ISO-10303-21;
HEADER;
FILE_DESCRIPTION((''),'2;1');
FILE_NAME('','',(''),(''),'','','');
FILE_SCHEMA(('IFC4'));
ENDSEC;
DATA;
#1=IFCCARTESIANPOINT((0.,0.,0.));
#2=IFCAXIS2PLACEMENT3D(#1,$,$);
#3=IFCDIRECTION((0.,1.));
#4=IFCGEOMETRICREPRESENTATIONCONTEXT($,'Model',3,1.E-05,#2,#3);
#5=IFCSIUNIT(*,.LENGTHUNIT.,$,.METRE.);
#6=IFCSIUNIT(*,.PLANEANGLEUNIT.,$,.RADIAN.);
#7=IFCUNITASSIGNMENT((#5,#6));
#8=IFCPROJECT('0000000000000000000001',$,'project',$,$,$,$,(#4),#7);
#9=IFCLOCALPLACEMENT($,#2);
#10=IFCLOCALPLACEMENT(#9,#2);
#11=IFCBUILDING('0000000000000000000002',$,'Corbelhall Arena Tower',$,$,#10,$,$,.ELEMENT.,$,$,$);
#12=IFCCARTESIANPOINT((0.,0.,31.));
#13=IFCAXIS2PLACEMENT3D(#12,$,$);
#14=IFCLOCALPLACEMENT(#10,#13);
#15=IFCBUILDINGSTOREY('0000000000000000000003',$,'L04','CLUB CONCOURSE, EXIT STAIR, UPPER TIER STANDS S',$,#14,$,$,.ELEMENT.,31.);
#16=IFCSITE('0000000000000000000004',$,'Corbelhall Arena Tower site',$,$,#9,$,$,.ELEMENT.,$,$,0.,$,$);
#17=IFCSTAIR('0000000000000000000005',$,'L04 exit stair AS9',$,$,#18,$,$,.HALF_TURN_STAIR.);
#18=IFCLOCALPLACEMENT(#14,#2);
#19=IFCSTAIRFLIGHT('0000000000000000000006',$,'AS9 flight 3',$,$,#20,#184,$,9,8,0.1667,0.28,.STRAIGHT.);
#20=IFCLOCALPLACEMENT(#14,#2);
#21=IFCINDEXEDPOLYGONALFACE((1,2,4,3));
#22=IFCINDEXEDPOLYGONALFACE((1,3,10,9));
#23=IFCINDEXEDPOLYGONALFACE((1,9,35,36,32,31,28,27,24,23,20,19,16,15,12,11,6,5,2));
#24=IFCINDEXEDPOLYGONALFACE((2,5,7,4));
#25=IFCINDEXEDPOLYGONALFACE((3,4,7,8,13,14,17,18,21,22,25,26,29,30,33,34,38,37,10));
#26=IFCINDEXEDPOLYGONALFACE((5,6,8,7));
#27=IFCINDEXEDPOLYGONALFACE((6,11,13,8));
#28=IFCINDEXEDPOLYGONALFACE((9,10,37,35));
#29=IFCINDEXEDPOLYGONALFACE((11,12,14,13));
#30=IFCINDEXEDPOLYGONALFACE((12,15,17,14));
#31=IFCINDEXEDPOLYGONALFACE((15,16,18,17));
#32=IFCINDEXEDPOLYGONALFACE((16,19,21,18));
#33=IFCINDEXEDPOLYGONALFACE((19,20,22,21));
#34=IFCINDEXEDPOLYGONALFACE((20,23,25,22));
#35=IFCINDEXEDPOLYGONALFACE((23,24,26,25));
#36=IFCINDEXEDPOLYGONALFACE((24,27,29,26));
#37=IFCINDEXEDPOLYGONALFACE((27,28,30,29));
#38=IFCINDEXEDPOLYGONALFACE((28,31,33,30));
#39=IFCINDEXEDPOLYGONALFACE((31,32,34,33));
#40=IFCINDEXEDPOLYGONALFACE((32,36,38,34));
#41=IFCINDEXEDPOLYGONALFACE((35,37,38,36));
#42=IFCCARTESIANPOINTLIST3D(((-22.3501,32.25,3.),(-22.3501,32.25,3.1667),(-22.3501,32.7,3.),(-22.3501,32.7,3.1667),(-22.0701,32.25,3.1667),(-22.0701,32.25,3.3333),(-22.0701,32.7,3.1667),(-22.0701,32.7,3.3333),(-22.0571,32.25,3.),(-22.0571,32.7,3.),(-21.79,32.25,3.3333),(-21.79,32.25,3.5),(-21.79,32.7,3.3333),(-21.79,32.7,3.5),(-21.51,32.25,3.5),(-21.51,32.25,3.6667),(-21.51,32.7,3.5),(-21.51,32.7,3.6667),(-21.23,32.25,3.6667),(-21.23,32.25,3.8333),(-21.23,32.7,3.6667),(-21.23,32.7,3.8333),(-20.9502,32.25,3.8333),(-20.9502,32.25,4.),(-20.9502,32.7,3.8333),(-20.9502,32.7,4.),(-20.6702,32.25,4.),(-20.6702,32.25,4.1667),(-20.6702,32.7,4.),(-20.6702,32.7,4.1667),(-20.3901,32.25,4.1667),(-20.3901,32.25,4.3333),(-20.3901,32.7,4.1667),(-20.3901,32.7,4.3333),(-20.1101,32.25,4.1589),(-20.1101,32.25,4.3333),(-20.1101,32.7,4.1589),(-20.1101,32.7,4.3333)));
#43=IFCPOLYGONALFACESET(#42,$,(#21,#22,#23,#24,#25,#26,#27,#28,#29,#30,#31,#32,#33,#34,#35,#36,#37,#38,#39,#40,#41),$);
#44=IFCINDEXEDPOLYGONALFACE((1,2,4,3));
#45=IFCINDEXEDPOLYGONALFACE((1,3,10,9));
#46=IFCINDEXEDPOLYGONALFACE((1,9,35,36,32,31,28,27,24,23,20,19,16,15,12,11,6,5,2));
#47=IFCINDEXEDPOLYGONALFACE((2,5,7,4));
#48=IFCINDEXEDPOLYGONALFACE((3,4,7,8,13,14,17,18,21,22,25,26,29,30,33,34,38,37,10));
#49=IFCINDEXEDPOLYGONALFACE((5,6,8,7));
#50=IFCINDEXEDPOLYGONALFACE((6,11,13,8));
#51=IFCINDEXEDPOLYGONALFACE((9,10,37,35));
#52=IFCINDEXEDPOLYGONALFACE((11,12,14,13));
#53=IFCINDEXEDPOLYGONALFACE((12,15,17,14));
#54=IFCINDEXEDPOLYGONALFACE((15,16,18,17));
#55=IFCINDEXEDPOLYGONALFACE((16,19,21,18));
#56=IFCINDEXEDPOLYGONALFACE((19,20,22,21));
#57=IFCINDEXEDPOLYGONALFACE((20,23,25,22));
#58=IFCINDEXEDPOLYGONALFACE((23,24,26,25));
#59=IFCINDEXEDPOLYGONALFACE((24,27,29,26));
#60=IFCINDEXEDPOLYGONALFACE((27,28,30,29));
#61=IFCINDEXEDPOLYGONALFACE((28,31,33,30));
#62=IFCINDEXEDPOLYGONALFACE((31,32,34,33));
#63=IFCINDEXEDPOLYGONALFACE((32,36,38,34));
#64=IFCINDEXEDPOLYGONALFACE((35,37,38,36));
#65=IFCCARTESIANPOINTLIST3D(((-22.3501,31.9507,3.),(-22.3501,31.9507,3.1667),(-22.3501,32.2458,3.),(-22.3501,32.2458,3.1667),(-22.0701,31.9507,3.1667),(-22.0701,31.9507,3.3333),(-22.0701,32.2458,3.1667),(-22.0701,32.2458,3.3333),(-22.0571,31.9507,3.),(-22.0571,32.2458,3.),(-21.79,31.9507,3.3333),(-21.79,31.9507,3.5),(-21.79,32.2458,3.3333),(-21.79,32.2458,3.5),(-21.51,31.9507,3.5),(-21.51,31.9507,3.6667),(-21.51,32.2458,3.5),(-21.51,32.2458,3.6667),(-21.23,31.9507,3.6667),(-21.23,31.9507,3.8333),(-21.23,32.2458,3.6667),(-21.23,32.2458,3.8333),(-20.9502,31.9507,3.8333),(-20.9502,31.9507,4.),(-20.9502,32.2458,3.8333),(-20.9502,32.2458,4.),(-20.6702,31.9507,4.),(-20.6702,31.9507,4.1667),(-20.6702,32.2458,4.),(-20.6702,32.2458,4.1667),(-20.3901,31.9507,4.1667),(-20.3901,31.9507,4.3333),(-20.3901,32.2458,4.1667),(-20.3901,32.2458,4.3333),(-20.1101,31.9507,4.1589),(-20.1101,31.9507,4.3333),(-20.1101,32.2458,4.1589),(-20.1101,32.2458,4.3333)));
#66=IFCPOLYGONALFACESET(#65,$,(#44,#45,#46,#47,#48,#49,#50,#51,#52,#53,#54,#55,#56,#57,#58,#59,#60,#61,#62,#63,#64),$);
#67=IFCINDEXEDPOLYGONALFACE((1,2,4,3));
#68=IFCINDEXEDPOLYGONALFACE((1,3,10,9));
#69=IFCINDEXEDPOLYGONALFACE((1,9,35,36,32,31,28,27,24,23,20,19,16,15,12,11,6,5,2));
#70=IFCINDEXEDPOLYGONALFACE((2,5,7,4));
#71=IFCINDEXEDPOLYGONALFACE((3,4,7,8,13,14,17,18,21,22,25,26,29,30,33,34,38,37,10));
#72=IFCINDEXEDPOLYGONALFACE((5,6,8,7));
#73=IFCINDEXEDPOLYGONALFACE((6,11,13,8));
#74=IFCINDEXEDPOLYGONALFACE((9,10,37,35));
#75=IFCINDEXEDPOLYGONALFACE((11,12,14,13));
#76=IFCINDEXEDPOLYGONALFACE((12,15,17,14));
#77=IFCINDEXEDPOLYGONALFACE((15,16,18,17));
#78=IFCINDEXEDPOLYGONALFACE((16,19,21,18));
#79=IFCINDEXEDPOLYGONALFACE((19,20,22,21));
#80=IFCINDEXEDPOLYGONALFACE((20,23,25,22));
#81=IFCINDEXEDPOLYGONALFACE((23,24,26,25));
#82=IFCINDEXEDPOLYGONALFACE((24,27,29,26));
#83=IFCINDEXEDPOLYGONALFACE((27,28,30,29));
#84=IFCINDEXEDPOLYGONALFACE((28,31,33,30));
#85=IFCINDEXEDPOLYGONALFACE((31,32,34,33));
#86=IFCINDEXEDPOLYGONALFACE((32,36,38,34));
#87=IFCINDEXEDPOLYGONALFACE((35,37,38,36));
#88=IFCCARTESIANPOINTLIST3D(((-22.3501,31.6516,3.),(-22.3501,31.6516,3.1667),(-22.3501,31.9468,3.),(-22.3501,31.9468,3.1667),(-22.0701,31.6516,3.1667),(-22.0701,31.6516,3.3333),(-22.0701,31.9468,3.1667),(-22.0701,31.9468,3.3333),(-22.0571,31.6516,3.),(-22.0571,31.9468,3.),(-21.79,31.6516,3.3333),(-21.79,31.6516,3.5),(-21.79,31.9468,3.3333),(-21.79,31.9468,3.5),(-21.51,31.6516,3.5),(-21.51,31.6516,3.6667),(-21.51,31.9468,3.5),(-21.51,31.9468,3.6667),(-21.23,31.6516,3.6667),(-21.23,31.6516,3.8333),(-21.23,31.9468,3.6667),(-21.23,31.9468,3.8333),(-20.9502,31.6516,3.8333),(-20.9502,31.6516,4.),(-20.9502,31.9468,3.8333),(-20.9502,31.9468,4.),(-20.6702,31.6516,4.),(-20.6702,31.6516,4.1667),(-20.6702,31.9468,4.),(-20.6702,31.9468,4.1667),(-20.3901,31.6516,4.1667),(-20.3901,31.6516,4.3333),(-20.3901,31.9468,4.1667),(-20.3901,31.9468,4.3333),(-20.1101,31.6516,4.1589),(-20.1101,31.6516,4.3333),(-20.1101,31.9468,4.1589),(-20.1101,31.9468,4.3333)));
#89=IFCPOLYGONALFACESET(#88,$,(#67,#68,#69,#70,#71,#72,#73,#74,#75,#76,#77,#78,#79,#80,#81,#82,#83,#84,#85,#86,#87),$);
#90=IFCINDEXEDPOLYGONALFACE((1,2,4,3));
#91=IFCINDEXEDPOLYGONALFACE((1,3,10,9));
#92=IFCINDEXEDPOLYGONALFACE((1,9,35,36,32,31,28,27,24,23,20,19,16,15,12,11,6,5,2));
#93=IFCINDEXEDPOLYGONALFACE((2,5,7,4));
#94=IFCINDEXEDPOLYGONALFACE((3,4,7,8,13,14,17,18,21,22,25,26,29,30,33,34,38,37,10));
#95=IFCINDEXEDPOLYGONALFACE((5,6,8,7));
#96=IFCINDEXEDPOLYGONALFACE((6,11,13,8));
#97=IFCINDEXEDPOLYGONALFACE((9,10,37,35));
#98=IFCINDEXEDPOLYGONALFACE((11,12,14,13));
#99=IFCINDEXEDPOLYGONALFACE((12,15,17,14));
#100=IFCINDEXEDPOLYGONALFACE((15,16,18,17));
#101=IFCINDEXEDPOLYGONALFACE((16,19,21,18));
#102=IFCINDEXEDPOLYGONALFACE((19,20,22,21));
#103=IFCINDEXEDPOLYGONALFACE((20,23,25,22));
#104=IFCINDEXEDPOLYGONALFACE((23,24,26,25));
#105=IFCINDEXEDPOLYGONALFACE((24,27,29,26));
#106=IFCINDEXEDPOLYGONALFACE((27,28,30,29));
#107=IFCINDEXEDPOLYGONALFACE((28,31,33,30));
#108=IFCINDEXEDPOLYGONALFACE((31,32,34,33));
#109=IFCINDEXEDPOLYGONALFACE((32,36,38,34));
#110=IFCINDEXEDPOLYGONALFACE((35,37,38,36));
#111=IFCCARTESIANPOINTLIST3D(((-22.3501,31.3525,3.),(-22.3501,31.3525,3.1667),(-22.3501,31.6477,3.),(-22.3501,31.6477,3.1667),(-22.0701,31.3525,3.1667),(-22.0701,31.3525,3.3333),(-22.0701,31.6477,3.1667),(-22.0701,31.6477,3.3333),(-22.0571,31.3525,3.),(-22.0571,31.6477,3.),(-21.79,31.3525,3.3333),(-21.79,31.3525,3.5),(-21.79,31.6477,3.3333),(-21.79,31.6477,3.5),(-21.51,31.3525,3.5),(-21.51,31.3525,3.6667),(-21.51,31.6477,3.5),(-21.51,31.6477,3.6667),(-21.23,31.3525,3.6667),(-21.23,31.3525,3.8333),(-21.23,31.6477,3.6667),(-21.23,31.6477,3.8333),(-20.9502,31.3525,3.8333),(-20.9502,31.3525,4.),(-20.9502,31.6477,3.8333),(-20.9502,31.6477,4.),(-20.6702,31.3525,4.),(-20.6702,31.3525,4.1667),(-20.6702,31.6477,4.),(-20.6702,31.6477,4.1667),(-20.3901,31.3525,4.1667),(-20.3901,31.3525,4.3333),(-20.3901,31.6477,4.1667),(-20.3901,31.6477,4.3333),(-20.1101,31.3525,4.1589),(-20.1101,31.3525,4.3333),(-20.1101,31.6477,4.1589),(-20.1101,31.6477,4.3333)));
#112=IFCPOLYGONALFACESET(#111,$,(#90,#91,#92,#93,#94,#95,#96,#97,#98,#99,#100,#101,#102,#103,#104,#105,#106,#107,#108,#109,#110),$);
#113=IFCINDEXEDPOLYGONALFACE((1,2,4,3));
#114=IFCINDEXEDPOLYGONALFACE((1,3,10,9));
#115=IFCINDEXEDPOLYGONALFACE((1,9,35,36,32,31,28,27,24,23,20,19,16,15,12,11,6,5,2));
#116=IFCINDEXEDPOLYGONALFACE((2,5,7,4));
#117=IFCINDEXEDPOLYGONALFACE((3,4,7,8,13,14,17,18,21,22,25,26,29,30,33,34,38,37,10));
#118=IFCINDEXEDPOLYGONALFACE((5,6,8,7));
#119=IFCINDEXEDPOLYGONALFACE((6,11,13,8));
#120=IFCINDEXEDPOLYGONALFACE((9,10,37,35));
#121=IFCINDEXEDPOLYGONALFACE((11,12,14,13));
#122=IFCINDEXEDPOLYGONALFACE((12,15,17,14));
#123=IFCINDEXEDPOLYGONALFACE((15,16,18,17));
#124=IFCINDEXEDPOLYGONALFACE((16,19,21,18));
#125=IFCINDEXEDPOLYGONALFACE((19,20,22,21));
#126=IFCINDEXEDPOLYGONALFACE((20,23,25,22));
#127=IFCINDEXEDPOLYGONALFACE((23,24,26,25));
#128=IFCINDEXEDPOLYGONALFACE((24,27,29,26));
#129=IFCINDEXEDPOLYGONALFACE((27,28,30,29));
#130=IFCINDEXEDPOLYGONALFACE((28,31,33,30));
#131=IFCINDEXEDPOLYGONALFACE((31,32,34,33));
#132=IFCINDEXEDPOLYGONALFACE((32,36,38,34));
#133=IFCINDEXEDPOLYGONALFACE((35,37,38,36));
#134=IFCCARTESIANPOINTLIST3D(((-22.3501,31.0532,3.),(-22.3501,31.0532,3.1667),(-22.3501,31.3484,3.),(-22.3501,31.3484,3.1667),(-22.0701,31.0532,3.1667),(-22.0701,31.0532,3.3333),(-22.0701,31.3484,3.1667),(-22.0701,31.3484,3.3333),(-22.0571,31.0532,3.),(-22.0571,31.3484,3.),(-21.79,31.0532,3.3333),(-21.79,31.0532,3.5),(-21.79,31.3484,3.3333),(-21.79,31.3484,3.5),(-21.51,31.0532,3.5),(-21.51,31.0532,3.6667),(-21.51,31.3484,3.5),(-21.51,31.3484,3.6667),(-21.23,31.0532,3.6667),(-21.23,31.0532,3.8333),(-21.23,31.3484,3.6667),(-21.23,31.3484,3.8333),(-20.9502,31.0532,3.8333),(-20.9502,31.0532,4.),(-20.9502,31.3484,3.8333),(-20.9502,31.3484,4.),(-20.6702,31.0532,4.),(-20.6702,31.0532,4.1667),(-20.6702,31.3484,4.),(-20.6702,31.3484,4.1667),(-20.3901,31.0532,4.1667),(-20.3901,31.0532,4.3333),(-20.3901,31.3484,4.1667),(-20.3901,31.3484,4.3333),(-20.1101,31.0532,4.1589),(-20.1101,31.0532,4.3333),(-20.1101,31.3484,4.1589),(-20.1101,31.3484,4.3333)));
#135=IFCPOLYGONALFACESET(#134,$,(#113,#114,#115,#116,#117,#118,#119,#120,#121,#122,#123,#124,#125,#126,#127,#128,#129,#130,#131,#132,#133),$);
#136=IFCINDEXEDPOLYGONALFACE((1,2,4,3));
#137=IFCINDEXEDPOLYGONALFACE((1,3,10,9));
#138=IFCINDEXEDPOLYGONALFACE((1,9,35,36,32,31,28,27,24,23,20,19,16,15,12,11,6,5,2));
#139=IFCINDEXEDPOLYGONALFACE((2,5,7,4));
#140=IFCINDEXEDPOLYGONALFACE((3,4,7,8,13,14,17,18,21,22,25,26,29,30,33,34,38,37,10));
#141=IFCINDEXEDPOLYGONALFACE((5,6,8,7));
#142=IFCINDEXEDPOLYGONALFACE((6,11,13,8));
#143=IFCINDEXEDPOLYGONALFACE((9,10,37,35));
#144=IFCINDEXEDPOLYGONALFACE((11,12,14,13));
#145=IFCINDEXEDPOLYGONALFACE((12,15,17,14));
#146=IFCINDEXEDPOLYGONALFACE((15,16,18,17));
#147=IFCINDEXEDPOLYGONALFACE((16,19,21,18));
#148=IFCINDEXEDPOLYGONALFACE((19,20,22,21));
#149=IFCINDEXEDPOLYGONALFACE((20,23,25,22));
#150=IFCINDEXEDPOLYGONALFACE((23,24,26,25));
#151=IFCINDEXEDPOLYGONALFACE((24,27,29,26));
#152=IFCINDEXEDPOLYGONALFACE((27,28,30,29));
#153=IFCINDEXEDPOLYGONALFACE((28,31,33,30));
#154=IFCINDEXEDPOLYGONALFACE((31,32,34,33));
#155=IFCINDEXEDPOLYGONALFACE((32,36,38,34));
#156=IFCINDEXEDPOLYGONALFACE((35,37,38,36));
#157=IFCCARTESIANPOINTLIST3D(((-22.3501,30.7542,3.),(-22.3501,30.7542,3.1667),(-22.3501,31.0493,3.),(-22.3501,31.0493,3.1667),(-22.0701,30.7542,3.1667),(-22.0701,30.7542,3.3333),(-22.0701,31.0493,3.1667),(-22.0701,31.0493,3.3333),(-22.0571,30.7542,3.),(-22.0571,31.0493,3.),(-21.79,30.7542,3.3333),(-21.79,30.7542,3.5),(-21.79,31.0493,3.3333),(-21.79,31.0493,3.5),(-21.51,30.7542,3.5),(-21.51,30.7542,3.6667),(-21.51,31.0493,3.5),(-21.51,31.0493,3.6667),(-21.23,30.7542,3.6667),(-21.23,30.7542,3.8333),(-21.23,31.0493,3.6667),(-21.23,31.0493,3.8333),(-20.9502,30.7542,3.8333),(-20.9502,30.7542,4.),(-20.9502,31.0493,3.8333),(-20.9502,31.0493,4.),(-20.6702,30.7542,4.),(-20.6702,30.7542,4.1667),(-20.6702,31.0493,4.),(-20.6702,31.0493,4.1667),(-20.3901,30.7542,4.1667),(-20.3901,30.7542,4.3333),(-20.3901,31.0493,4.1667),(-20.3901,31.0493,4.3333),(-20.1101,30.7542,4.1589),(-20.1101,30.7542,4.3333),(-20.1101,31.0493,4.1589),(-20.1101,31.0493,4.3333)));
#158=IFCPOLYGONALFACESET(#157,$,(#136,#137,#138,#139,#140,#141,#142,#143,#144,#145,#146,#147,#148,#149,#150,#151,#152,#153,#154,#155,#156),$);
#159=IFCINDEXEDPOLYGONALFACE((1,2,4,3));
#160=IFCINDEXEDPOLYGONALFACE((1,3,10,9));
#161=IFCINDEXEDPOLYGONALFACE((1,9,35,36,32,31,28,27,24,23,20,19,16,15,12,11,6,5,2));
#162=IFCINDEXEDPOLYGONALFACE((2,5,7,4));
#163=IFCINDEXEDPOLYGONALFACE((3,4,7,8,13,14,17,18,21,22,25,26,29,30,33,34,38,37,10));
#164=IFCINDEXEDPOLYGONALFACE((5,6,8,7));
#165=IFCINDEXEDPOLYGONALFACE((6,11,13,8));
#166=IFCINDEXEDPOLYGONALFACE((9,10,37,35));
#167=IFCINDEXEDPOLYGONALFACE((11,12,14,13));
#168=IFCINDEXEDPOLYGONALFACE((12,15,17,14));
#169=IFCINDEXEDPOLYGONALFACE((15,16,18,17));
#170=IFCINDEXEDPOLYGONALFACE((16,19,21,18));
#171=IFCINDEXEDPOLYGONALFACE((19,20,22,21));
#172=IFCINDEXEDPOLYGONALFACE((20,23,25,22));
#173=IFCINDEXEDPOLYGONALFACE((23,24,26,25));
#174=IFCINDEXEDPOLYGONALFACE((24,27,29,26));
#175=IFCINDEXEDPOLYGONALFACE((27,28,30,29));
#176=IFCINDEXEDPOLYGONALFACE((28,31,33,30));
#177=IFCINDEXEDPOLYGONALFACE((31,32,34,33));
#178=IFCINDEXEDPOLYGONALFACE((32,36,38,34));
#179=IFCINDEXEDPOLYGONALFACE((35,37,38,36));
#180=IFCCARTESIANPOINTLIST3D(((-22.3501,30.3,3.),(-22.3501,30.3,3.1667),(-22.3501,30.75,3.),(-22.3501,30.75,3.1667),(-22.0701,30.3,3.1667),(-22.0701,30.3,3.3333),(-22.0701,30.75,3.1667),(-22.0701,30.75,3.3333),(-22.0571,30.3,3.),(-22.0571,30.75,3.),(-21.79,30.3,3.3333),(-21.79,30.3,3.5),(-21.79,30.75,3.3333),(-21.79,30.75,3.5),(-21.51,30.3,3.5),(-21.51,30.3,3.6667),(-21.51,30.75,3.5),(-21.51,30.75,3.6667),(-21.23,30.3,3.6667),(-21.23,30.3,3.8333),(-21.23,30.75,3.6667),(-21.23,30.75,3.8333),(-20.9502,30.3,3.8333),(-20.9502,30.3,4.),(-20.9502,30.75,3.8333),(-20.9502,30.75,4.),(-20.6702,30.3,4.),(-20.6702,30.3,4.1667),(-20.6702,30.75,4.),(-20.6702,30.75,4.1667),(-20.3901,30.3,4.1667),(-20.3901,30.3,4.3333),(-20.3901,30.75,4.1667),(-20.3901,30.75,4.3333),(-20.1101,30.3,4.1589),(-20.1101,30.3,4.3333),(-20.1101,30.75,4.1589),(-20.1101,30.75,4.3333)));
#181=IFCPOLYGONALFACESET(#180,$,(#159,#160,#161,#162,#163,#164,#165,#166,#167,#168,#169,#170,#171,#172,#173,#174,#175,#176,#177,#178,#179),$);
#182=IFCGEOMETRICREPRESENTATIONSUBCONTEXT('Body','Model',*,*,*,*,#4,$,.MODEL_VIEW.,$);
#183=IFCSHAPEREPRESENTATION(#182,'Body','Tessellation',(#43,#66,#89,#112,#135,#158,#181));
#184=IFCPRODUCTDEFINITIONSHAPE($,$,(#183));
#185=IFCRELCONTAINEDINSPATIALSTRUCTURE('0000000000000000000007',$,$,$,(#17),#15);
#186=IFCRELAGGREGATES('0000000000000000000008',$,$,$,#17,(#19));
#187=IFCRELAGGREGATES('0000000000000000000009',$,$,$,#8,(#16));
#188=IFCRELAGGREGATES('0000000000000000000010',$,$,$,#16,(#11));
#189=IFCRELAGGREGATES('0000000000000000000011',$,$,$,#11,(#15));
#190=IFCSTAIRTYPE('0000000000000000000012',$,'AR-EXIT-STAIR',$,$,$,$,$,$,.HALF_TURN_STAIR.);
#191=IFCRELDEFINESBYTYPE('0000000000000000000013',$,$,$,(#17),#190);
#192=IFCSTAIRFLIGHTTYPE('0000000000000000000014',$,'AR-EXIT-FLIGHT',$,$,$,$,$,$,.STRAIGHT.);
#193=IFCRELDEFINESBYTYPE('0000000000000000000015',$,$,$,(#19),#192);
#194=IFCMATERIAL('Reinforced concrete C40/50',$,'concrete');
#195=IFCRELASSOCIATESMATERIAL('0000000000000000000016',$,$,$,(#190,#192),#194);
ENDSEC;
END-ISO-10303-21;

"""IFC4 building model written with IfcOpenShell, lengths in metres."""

from ifc_helpers import new_model, si_unit, direction, frame, origin, place, context, subcontext, project, spatial, polyline, outline, extrude, material, type_object, element, aggregate, save


model = new_model("IFC4")

# Units and contexts
model_context = context("Model", 3, precision=1e-05, world=origin(), true_north=direction((0.0, 1.0)))
body_context = subcontext(model_context, "Body", "Model", "MODEL_VIEW")
ifc_project = project(units=[si_unit("LENGTHUNIT", "METRE"), si_unit("PLANEANGLEUNIT", "RADIAN")], contexts=[model_context])

# Site, building, storey
site_placement = place(None, origin())
site = spatial("IfcSite", under=ifc_project, at=site_placement, Name="Corbelhall Arena Tower site", CompositionType="ELEMENT", RefElevation=0.0)
building_placement = place(site_placement, origin())
building = spatial("IfcBuilding", under=site, at=building_placement, Name="Corbelhall Arena Tower", CompositionType="ELEMENT")
storey_placement = place(building_placement, frame((0.0, 0.0, 31.0)))
storey = spatial("IfcBuildingStorey", under=building, at=storey_placement, Name="L04", Description="CLUB CONCOURSE, EXIT STAIR, UPPER TIER STANDS S", CompositionType="ELEMENT", Elevation=31.0)

# Shared definitions
ifc_material_1 = material(Name="Reinforced concrete C40/50", Category="concrete")

# Stair, stair flight
stair_type = type_object("IfcStairType", Name="AR-EXIT-STAIR", PredefinedType="HALF_TURN_STAIR", material=ifc_material_1)
stair_1_placement = place(storey_placement, origin())
stair_1 = element("IfcStair", 1, at=stair_1_placement, inside=storey, type_object=stair_type, Name="L04 exit stair AS9", PredefinedType="HALF_TURN_STAIR")
stair_flight_type = type_object("IfcStairFlightType", Name="AR-EXIT-FLIGHT", PredefinedType="STRAIGHT", material=ifc_material_1)
stair_flight_1_placement = place(storey_placement, frame((-22.3501, 31.5, 3.0), z_axis=(0.0, 0.0, 1.0), x_axis=(1.0, 0.0, 0.0)))
stair_flight_1 = element("IfcStairFlight", 2, at=stair_flight_1_placement, type_object=stair_flight_type, Name="AS9 flight 3", NumberOfRisers=9, NumberOfTreads=8, PredefinedType="STRAIGHT", RiserHeight=0.1667, TreadLength=0.28, context=body_context, shape_type="SweptSolid", body=[
    extrude(outline(polyline([(0.0, 0.0), (0.0, 0.1667), (0.28, 0.1667), (0.28, 0.3333), (0.5601, 0.3333), (0.5601, 0.5), (0.8401, 0.5), (0.8401, 0.6667), (1.1201, 0.6667), (1.1201, 0.8333), (1.3999, 0.8333), (1.3999, 1.0), (1.6799, 1.0), (1.6799, 1.1667), (1.96, 1.1667), (1.96, 1.3333), (2.24, 1.3333), (2.24, 1.5), (2.24, 1.1589), (0.293, 0.0), (0.0, 0.0)])), frame((0.0, 1.2, 0.0), z_axis=(0.0, -1.0, 0.0), x_axis=(1.0, 0.0, 0.0)), (0.0, 0.0, 1.0), 0.45),
    extrude(outline(polyline([(0.0, 0.0), (0.0, 0.1667), (0.28, 0.1667), (0.28, 0.3333), (0.5601, 0.3333), (0.5601, 0.5), (0.8401, 0.5), (0.8401, 0.6667), (1.1201, 0.6667), (1.1201, 0.8333), (1.3999, 0.8333), (1.3999, 1.0), (1.6799, 1.0), (1.6799, 1.1667), (1.96, 1.1667), (1.96, 1.3333), (2.24, 1.3333), (2.24, 1.5), (2.24, 1.1589), (0.293, 0.0), (0.0, 0.0)])), frame((0.0, 0.7458, 0.0), z_axis=(0.0, -1.0, 0.0), x_axis=(1.0, 0.0, 0.0)), (0.0, 0.0, 1.0), 0.2952),
    extrude(outline(polyline([(0.0, 0.0), (0.0, 0.1667), (0.28, 0.1667), (0.28, 0.3333), (0.5601, 0.3333), (0.5601, 0.5), (0.8401, 0.5), (0.8401, 0.6667), (1.1201, 0.6667), (1.1201, 0.8333), (1.3999, 0.8333), (1.3999, 1.0), (1.6799, 1.0), (1.6799, 1.1667), (1.96, 1.1667), (1.96, 1.3333), (2.24, 1.3333), (2.24, 1.5), (2.24, 1.1589), (0.293, 0.0), (0.0, 0.0)])), frame((0.0, 0.4468, 0.0), z_axis=(0.0, -1.0, 0.0), x_axis=(1.0, 0.0, 0.0)), (0.0, 0.0, 1.0), 0.2952),
    extrude(outline(polyline([(0.0, 0.0), (0.0, 0.1667), (0.28, 0.1667), (0.28, 0.3333), (0.5601, 0.3333), (0.5601, 0.5), (0.8401, 0.5), (0.8401, 0.6667), (1.1201, 0.6667), (1.1201, 0.8333), (1.3999, 0.8333), (1.3999, 1.0), (1.6799, 1.0), (1.6799, 1.1667), (1.96, 1.1667), (1.96, 1.3333), (2.24, 1.3333), (2.24, 1.5), (2.24, 1.1589), (0.293, 0.0), (0.0, 0.0)])), frame((0.0, 0.1477, 0.0), z_axis=(0.0, -1.0, 0.0), x_axis=(1.0, 0.0, 0.0)), (0.0, 0.0, 1.0), 0.2952),
    extrude(outline(polyline([(0.0, 0.0), (0.0, 0.1667), (0.28, 0.1667), (0.28, 0.3333), (0.5601, 0.3333), (0.5601, 0.5), (0.8401, 0.5), (0.8401, 0.6667), (1.1201, 0.6667), (1.1201, 0.8333), (1.3999, 0.8333), (1.3999, 1.0), (1.6799, 1.0), (1.6799, 1.1667), (1.96, 1.1667), (1.96, 1.3333), (2.24, 1.3333), (2.24, 1.5), (2.24, 1.1589), (0.293, 0.0), (0.0, 0.0)])), frame((0.0, -0.1516, 0.0), z_axis=(0.0, -1.0, 0.0), x_axis=(1.0, 0.0, 0.0)), (0.0, 0.0, 1.0), 0.2952),
    extrude(outline(polyline([(0.0, 0.0), (0.0, 0.1667), (0.28, 0.1667), (0.28, 0.3333), (0.5601, 0.3333), (0.5601, 0.5), (0.8401, 0.5), (0.8401, 0.6667), (1.1201, 0.6667), (1.1201, 0.8333), (1.3999, 0.8333), (1.3999, 1.0), (1.6799, 1.0), (1.6799, 1.1667), (1.96, 1.1667), (1.96, 1.3333), (2.24, 1.3333), (2.24, 1.5), (2.24, 1.1589), (0.293, 0.0), (0.0, 0.0)])), frame((0.0, -0.4507, 0.0), z_axis=(0.0, -1.0, 0.0), x_axis=(1.0, 0.0, 0.0)), (0.0, 0.0, 1.0), 0.2952),
    extrude(outline(polyline([(0.0, 0.0), (0.0, 0.1667), (0.28, 0.1667), (0.28, 0.3333), (0.5601, 0.3333), (0.5601, 0.5), (0.8401, 0.5), (0.8401, 0.6667), (1.1201, 0.6667), (1.1201, 0.8333), (1.3999, 0.8333), (1.3999, 1.0), (1.6799, 1.0), (1.6799, 1.1667), (1.96, 1.1667), (1.96, 1.3333), (2.24, 1.3333), (2.24, 1.5), (2.24, 1.1589), (0.293, 0.0), (0.0, 0.0)])), frame((0.0, -0.75, 0.0), z_axis=(0.0, -1.0, 0.0), x_axis=(1.0, 0.0, 0.0)), (0.0, 0.0, 1.0), 0.45),
])
aggregate(stair_1, [stair_flight_1])

save(model, "model.ifc")
